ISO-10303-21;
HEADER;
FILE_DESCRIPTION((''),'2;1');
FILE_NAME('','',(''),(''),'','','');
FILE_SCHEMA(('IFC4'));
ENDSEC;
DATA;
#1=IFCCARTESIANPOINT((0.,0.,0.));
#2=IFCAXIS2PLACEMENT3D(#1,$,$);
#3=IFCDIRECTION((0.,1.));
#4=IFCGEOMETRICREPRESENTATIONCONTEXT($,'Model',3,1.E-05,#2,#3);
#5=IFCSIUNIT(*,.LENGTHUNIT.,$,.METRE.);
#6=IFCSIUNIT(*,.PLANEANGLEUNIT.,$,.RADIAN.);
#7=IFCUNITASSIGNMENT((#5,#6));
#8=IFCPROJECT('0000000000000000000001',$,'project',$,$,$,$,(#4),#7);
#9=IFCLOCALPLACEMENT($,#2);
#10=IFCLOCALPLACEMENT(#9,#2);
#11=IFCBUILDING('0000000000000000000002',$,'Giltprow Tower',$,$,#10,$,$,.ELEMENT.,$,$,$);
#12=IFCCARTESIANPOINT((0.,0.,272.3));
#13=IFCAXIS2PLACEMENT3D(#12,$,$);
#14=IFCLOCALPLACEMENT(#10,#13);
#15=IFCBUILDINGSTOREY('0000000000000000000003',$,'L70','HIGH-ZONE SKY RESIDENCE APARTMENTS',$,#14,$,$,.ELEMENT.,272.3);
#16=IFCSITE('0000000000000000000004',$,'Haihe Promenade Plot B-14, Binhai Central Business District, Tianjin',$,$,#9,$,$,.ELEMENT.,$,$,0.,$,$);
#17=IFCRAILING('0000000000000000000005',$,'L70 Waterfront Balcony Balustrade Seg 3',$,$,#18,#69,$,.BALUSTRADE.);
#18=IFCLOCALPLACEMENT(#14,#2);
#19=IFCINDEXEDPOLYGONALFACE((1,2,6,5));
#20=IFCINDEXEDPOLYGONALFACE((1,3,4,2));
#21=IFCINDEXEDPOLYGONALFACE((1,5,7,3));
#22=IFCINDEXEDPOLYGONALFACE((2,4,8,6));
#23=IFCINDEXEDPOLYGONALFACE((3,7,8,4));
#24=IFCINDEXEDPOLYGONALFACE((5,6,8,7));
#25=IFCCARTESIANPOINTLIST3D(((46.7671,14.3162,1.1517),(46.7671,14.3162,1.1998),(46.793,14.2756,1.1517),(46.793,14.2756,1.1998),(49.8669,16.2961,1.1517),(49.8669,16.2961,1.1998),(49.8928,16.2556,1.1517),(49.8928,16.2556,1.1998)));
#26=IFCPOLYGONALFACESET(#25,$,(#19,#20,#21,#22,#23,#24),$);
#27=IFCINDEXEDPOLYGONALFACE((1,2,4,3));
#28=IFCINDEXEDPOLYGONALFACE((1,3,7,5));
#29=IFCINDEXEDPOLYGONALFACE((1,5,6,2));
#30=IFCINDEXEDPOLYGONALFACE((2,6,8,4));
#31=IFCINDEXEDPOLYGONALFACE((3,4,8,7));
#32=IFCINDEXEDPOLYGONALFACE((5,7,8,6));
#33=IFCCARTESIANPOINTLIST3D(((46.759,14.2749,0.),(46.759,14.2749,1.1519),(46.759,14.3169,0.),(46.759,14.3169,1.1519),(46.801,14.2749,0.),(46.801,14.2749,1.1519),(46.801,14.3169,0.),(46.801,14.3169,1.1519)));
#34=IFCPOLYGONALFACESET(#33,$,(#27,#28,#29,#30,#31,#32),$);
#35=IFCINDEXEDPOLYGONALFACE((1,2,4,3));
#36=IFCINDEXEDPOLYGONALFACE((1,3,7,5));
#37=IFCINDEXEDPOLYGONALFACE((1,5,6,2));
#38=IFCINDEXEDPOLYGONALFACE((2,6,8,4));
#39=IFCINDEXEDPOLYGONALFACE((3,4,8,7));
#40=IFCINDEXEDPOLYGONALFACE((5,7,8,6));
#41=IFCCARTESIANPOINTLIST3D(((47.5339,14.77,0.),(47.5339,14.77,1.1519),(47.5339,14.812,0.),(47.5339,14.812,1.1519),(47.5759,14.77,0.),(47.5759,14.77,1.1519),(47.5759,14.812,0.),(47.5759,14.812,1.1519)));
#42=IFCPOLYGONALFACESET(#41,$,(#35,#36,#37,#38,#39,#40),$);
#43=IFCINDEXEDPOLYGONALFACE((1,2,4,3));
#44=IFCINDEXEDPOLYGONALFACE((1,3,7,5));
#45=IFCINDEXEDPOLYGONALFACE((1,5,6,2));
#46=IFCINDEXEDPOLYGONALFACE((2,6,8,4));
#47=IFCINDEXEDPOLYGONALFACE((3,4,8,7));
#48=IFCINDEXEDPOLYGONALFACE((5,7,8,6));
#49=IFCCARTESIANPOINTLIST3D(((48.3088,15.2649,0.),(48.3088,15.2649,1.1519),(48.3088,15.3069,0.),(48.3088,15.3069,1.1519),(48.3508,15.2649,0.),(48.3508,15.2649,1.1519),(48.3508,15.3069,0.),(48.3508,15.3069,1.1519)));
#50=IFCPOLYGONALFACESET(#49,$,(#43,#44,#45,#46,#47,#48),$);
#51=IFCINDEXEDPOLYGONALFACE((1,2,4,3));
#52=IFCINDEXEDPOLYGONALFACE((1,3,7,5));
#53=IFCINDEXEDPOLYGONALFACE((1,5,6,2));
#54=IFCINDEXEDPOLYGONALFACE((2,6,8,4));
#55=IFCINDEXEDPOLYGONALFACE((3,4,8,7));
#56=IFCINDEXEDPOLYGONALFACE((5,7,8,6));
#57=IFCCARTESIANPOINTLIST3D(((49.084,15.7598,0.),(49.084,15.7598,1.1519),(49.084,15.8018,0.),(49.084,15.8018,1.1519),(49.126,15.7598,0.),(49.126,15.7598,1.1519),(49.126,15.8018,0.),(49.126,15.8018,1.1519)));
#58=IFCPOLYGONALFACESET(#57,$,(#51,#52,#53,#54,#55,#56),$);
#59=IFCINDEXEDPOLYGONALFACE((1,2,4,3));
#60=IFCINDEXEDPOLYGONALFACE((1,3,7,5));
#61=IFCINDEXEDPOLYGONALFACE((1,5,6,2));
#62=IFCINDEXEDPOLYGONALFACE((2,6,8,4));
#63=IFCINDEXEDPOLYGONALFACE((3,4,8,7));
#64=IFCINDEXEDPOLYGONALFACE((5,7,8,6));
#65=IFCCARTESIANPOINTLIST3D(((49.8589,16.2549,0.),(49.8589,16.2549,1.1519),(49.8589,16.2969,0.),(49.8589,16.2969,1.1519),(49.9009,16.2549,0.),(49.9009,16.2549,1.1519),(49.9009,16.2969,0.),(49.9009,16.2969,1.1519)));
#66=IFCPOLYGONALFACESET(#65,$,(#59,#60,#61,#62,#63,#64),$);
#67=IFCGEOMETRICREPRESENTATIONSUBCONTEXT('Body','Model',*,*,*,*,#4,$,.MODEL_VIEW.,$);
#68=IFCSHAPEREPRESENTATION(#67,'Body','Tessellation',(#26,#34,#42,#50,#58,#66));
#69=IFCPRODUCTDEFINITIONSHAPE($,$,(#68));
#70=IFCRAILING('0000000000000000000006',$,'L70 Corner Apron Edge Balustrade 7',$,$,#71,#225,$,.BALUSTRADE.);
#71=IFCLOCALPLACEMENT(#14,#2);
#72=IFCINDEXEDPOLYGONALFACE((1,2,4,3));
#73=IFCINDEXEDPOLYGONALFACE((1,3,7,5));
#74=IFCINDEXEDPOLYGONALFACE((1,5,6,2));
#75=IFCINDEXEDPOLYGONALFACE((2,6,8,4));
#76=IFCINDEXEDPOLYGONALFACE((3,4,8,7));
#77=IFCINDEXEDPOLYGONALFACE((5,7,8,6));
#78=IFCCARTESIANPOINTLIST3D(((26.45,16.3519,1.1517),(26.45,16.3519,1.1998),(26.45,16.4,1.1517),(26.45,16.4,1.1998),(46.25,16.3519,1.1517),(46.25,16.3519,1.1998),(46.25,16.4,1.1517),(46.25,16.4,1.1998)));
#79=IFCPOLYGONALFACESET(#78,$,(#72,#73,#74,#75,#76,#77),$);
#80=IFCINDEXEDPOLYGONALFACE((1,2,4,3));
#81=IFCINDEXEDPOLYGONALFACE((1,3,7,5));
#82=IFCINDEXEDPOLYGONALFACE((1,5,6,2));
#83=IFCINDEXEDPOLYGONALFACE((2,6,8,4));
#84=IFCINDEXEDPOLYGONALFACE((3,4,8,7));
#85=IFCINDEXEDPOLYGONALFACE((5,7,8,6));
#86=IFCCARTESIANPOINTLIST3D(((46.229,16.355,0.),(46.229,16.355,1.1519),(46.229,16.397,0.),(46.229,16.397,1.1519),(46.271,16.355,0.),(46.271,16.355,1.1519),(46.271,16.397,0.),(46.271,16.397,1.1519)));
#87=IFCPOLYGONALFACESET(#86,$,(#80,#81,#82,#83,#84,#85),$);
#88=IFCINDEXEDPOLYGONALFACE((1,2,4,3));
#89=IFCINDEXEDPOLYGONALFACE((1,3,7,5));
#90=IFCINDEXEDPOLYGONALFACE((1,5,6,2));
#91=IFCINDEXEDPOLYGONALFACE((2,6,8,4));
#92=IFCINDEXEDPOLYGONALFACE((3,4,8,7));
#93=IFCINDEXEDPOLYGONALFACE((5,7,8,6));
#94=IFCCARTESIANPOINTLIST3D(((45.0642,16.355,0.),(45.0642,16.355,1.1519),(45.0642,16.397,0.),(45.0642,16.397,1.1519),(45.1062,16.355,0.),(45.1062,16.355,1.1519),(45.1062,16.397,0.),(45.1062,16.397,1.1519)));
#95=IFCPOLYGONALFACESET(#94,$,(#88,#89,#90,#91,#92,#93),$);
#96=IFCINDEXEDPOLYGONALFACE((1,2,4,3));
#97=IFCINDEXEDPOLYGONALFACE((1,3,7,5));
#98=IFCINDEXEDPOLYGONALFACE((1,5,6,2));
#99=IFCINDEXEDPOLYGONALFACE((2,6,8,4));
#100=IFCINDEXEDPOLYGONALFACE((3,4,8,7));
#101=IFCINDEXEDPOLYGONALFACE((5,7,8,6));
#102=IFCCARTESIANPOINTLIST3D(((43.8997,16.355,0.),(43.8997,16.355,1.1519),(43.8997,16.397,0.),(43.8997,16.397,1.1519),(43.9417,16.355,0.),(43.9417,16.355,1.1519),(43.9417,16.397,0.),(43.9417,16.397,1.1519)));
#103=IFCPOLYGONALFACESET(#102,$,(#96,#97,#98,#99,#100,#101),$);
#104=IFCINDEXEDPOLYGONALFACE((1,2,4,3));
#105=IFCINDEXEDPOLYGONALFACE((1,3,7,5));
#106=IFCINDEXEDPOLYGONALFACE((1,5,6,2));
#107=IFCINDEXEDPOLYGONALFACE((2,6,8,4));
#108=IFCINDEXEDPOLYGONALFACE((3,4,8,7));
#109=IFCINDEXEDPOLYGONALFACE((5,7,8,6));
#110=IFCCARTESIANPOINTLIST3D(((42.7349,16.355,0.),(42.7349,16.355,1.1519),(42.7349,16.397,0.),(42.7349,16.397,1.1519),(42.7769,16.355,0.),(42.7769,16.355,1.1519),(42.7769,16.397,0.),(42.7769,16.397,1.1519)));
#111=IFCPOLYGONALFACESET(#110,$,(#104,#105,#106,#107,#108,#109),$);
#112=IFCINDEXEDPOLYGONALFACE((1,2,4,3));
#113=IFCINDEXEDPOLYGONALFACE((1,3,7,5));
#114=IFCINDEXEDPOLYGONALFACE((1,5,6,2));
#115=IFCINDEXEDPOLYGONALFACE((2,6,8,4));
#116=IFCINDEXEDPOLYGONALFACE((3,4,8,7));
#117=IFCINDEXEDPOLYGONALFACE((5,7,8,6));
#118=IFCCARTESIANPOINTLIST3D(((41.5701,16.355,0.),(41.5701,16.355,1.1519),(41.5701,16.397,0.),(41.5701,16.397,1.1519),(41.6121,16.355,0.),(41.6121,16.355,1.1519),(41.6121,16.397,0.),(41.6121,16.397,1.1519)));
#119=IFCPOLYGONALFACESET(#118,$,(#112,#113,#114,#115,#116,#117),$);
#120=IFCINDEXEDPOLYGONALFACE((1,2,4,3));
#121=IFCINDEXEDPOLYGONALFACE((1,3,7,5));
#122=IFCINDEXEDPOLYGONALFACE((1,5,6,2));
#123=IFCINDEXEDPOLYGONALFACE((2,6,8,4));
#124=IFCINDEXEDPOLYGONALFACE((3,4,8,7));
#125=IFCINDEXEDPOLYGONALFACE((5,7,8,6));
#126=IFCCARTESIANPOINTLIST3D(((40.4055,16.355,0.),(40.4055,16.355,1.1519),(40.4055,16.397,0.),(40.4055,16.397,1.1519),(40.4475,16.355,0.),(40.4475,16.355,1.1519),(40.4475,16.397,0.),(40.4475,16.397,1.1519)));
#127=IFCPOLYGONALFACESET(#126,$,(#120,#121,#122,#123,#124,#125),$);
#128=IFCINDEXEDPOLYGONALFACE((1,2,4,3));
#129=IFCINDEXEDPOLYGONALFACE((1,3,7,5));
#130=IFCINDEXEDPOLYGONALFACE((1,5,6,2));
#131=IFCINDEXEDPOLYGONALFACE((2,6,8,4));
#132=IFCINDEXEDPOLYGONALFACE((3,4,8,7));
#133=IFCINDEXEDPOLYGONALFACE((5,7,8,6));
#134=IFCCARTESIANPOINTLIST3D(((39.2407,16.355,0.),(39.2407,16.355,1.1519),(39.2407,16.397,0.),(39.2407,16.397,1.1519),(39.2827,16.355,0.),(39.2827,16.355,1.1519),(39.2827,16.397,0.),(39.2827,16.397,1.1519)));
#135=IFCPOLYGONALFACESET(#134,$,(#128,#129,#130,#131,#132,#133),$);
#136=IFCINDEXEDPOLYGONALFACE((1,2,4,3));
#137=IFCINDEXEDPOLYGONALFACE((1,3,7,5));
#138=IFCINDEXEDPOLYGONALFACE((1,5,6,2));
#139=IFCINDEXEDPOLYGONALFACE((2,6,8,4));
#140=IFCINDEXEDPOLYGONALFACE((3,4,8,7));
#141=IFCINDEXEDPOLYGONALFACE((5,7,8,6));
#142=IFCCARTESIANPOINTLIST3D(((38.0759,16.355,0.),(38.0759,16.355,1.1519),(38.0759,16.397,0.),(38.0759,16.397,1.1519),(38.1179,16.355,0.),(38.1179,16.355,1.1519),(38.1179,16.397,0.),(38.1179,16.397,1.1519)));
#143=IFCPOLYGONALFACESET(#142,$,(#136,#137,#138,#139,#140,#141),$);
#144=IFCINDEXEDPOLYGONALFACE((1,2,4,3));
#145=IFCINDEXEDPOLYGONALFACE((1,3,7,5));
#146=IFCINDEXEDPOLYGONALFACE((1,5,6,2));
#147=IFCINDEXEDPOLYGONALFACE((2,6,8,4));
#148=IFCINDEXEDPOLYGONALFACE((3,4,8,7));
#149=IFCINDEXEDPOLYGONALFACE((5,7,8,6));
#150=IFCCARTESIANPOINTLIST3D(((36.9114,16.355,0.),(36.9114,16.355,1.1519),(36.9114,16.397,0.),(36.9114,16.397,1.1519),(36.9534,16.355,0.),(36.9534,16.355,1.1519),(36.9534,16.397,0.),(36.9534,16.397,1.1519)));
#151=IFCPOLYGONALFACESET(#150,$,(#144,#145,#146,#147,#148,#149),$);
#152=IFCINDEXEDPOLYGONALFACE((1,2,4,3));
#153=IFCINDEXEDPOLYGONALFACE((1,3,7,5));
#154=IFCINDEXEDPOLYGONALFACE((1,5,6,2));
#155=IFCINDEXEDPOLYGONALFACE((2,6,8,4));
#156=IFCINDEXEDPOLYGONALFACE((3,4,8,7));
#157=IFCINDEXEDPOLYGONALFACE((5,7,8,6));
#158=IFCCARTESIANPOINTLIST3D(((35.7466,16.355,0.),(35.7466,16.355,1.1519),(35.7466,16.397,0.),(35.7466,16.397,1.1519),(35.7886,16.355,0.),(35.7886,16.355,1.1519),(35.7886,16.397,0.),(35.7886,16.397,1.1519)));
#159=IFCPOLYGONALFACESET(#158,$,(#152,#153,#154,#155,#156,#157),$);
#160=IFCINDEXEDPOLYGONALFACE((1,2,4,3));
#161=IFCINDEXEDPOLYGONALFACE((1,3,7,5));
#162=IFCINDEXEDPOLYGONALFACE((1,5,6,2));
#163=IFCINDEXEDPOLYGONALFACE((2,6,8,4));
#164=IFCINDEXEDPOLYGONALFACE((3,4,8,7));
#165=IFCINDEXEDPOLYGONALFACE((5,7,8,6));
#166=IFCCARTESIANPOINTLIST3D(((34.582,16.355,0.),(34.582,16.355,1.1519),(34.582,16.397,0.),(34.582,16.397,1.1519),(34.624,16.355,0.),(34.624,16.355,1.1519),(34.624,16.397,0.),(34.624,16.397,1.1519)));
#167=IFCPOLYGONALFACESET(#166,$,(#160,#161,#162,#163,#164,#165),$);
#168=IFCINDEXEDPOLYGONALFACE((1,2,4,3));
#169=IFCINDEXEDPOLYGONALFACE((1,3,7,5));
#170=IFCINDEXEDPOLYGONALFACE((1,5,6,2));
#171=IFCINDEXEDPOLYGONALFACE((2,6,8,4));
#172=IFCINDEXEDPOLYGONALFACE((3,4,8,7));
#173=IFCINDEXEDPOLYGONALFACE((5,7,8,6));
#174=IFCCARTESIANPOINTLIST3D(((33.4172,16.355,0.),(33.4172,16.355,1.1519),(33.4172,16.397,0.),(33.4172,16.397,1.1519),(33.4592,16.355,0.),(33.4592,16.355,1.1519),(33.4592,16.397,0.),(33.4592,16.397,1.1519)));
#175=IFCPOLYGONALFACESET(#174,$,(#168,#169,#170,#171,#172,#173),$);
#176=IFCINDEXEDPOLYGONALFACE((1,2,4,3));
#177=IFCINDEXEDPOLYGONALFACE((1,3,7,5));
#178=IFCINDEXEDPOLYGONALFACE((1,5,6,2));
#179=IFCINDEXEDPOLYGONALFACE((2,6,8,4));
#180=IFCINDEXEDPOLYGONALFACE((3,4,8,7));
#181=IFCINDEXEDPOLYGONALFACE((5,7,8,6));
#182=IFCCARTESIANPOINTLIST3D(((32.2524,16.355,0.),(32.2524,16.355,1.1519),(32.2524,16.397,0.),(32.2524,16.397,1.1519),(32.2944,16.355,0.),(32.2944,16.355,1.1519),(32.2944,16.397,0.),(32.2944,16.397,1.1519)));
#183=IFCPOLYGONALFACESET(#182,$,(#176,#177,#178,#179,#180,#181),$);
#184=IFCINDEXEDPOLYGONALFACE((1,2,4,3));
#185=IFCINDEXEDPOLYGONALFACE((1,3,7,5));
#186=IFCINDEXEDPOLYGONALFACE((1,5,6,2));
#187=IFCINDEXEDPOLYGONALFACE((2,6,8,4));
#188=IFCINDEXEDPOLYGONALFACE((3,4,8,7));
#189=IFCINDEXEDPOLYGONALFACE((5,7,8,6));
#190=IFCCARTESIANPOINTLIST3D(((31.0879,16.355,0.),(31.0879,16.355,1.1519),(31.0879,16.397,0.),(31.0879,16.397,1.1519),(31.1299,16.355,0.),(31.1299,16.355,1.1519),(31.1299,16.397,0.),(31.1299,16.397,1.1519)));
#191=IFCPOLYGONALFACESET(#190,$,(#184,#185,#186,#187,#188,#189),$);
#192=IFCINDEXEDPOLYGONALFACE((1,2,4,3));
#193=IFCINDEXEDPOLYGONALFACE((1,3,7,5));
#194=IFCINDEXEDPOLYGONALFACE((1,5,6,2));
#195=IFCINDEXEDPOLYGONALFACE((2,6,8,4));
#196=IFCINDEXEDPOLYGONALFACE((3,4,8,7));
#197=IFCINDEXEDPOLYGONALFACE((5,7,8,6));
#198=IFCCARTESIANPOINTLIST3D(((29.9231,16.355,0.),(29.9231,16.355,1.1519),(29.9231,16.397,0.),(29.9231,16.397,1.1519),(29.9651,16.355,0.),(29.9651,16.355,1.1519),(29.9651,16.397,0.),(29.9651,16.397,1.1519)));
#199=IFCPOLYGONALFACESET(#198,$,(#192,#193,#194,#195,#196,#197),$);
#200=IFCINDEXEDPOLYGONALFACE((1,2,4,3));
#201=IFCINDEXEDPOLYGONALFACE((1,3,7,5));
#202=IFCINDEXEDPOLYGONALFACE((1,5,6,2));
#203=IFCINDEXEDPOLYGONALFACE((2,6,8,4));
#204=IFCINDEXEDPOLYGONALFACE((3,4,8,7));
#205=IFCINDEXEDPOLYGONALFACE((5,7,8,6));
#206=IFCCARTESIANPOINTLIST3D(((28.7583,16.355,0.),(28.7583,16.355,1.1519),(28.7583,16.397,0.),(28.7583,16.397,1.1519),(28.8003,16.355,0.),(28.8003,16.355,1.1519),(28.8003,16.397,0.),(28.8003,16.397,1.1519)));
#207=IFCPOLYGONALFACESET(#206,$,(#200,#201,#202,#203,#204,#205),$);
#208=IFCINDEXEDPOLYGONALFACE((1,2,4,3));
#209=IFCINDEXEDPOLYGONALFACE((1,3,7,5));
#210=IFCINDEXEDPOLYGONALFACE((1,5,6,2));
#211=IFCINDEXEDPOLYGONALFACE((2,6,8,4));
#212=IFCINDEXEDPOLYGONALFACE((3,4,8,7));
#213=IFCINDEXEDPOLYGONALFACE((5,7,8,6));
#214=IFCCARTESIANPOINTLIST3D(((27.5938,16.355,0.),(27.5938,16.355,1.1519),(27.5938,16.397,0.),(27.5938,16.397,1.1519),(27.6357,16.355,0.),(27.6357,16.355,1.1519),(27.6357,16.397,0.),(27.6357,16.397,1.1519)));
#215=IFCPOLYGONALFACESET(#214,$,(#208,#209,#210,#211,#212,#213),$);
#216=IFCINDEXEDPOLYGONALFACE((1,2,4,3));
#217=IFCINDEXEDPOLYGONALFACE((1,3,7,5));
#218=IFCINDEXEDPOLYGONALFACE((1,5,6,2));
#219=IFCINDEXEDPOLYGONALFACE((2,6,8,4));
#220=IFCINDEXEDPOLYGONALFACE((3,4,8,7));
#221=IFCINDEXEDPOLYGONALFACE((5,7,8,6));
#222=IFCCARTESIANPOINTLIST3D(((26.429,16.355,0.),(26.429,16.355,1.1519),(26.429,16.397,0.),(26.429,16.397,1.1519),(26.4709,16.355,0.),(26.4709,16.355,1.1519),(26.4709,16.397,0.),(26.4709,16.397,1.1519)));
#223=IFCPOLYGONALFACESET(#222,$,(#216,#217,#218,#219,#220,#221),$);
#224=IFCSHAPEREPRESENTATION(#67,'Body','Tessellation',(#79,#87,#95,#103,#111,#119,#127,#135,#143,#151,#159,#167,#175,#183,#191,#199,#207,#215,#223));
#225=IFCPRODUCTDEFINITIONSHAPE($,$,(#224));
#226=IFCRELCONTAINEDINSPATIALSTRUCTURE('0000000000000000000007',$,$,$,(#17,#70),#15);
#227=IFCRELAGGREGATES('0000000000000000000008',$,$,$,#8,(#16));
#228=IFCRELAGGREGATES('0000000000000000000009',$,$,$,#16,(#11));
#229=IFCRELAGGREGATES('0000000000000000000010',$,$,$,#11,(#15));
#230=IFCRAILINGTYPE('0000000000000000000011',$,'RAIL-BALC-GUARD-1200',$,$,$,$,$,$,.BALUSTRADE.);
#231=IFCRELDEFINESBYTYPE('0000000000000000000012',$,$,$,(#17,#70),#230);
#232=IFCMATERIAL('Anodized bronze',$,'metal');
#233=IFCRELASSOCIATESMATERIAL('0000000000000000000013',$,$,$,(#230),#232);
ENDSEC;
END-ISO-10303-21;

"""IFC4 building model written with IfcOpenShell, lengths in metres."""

from ifc_helpers import new_model, si_unit, direction, frame, origin, origin_2d, place, context, subcontext, project, spatial, rectangle, extrude, material, type_object, element, save


model = new_model("IFC4")

# Units and contexts
model_context = context("Model", 3, precision=1e-05, world=origin(), true_north=direction((0.0, 1.0)))
body_context = subcontext(model_context, "Body", "Model", "MODEL_VIEW")
ifc_project = project(units=[si_unit("LENGTHUNIT", "METRE"), si_unit("PLANEANGLEUNIT", "RADIAN")], contexts=[model_context])

# Site, building, storey
site_placement = place(None, origin())
site = spatial("IfcSite", under=ifc_project, at=site_placement, Name="Haihe Promenade Plot B-14, Binhai Central Business District, Tianjin", CompositionType="ELEMENT", RefElevation=0.0)
building_placement = place(site_placement, origin())
building = spatial("IfcBuilding", under=site, at=building_placement, Name="Giltprow Tower", CompositionType="ELEMENT")
storey_placement = place(building_placement, frame((0.0, 0.0, 272.3)))
storey = spatial("IfcBuildingStorey", under=building, at=storey_placement, Name="L70", Description="HIGH-ZONE SKY RESIDENCE APARTMENTS", CompositionType="ELEMENT", Elevation=272.3)

# Shared definitions
ifc_material_1 = material(Name="Anodized bronze", Category="metal")

# Railings
railing_type = type_object("IfcRailingType", Name="RAIL-BALC-GUARD-1200", PredefinedType="BALUSTRADE", material=ifc_material_1)
railing_1_placement = place(storey_placement, frame((46.78, 14.2959, 0.0)))
element("IfcRailing", 1, at=railing_1_placement, inside=storey, type_object=railing_type, Name="L70 Waterfront Balcony Balustrade Seg 3", PredefinedType="BALUSTRADE", context=body_context, shape_type="SweptSolid", body=[
    extrude(rectangle(XDim=0.0481, YDim=0.0481, at=origin_2d()), frame((0.0, 0.0, 1.1758), z_axis=(0.842756, 0.538296, 0.0), x_axis=(-0.538296, 0.842756, 0.0)), (0.0, 0.0, 1.0), 3.6782),
    extrude(rectangle(XDim=0.042, YDim=0.042, at=origin_2d()), origin(), (0.0, 0.0, 1.0), 1.1519),
    extrude(rectangle(XDim=0.042, YDim=0.042, at=origin_2d()), frame((0.7749, 0.4951, 0.0)), (0.0, 0.0, 1.0), 1.1519),
    extrude(rectangle(XDim=0.042, YDim=0.042, at=origin_2d()), frame((1.5498, 0.99, 0.0)), (0.0, 0.0, 1.0), 1.1519),
    extrude(rectangle(XDim=0.042, YDim=0.042, at=origin_2d()), frame((2.325, 1.4849, 0.0)), (0.0, 0.0, 1.0), 1.1519),
    extrude(rectangle(XDim=0.042, YDim=0.042, at=origin_2d()), frame((3.0999, 1.98, 0.0)), (0.0, 0.0, 1.0), 1.1519),
])
railing_2_placement = place(storey_placement, frame((46.25, 16.376, 0.0)))
element("IfcRailing", 2, at=railing_2_placement, inside=storey, type_object=railing_type, Name="L70 Corner Apron Edge Balustrade 7", PredefinedType="BALUSTRADE", context=body_context, shape_type="SweptSolid", body=[
    extrude(rectangle(XDim=0.0481, YDim=0.0481, at=origin_2d()), frame((0.0, 0.0, 1.1758), z_axis=(-1.0, 0.0, 0.0), x_axis=(0.0, -1.0, 0.0)), (0.0, 0.0, 1.0), 19.8),
    extrude(rectangle(XDim=0.042, YDim=0.042, at=origin_2d()), origin(), (0.0, 0.0, 1.0), 1.1519),
    extrude(rectangle(XDim=0.042, YDim=0.042, at=origin_2d()), frame((-1.1648, 0.0, 0.0)), (0.0, 0.0, 1.0), 1.1519),
    extrude(rectangle(XDim=0.042, YDim=0.042, at=origin_2d()), frame((-2.3293, 0.0, 0.0)), (0.0, 0.0, 1.0), 1.1519),
    extrude(rectangle(XDim=0.042, YDim=0.042, at=origin_2d()), frame((-3.4941, 0.0, 0.0)), (0.0, 0.0, 1.0), 1.1519),
    extrude(rectangle(XDim=0.042, YDim=0.042, at=origin_2d()), frame((-4.6589, 0.0, 0.0)), (0.0, 0.0, 1.0), 1.1519),
    extrude(rectangle(XDim=0.042, YDim=0.042, at=origin_2d()), frame((-5.8235, 0.0, 0.0)), (0.0, 0.0, 1.0), 1.1519),
    extrude(rectangle(XDim=0.042, YDim=0.042, at=origin_2d()), frame((-6.9883, 0.0, 0.0)), (0.0, 0.0, 1.0), 1.1519),
    extrude(rectangle(XDim=0.042, YDim=0.042, at=origin_2d()), frame((-8.1531, 0.0, 0.0)), (0.0, 0.0, 1.0), 1.1519),
    extrude(rectangle(XDim=0.042, YDim=0.042, at=origin_2d()), frame((-9.3176, 0.0, 0.0)), (0.0, 0.0, 1.0), 1.1519),
    extrude(rectangle(XDim=0.042, YDim=0.042, at=origin_2d()), frame((-10.4824, 0.0, 0.0)), (0.0, 0.0, 1.0), 1.1519),
    extrude(rectangle(XDim=0.042, YDim=0.042, at=origin_2d()), frame((-11.647, 0.0, 0.0)), (0.0, 0.0, 1.0), 1.1519),
    extrude(rectangle(XDim=0.042, YDim=0.042, at=origin_2d()), frame((-12.8118, 0.0, 0.0)), (0.0, 0.0, 1.0), 1.1519),
    extrude(rectangle(XDim=0.042, YDim=0.042, at=origin_2d()), frame((-13.9766, 0.0, 0.0)), (0.0, 0.0, 1.0), 1.1519),
    extrude(rectangle(XDim=0.042, YDim=0.042, at=origin_2d()), frame((-15.1411, 0.0, 0.0)), (0.0, 0.0, 1.0), 1.1519),
    extrude(rectangle(XDim=0.042, YDim=0.042, at=origin_2d()), frame((-16.3059, 0.0, 0.0)), (0.0, 0.0, 1.0), 1.1519),
    extrude(rectangle(XDim=0.042, YDim=0.042, at=origin_2d()), frame((-17.4707, 0.0, 0.0)), (0.0, 0.0, 1.0), 1.1519),
    extrude(rectangle(XDim=0.042, YDim=0.042, at=origin_2d()), frame((-18.6353, 0.0, 0.0)), (0.0, 0.0, 1.0), 1.1519),
    extrude(rectangle(XDim=0.042, YDim=0.042, at=origin_2d()), frame((-19.8, 0.0, 0.0)), (0.0, 0.0, 1.0), 1.1519),
])

save(model, "model.ifc")
